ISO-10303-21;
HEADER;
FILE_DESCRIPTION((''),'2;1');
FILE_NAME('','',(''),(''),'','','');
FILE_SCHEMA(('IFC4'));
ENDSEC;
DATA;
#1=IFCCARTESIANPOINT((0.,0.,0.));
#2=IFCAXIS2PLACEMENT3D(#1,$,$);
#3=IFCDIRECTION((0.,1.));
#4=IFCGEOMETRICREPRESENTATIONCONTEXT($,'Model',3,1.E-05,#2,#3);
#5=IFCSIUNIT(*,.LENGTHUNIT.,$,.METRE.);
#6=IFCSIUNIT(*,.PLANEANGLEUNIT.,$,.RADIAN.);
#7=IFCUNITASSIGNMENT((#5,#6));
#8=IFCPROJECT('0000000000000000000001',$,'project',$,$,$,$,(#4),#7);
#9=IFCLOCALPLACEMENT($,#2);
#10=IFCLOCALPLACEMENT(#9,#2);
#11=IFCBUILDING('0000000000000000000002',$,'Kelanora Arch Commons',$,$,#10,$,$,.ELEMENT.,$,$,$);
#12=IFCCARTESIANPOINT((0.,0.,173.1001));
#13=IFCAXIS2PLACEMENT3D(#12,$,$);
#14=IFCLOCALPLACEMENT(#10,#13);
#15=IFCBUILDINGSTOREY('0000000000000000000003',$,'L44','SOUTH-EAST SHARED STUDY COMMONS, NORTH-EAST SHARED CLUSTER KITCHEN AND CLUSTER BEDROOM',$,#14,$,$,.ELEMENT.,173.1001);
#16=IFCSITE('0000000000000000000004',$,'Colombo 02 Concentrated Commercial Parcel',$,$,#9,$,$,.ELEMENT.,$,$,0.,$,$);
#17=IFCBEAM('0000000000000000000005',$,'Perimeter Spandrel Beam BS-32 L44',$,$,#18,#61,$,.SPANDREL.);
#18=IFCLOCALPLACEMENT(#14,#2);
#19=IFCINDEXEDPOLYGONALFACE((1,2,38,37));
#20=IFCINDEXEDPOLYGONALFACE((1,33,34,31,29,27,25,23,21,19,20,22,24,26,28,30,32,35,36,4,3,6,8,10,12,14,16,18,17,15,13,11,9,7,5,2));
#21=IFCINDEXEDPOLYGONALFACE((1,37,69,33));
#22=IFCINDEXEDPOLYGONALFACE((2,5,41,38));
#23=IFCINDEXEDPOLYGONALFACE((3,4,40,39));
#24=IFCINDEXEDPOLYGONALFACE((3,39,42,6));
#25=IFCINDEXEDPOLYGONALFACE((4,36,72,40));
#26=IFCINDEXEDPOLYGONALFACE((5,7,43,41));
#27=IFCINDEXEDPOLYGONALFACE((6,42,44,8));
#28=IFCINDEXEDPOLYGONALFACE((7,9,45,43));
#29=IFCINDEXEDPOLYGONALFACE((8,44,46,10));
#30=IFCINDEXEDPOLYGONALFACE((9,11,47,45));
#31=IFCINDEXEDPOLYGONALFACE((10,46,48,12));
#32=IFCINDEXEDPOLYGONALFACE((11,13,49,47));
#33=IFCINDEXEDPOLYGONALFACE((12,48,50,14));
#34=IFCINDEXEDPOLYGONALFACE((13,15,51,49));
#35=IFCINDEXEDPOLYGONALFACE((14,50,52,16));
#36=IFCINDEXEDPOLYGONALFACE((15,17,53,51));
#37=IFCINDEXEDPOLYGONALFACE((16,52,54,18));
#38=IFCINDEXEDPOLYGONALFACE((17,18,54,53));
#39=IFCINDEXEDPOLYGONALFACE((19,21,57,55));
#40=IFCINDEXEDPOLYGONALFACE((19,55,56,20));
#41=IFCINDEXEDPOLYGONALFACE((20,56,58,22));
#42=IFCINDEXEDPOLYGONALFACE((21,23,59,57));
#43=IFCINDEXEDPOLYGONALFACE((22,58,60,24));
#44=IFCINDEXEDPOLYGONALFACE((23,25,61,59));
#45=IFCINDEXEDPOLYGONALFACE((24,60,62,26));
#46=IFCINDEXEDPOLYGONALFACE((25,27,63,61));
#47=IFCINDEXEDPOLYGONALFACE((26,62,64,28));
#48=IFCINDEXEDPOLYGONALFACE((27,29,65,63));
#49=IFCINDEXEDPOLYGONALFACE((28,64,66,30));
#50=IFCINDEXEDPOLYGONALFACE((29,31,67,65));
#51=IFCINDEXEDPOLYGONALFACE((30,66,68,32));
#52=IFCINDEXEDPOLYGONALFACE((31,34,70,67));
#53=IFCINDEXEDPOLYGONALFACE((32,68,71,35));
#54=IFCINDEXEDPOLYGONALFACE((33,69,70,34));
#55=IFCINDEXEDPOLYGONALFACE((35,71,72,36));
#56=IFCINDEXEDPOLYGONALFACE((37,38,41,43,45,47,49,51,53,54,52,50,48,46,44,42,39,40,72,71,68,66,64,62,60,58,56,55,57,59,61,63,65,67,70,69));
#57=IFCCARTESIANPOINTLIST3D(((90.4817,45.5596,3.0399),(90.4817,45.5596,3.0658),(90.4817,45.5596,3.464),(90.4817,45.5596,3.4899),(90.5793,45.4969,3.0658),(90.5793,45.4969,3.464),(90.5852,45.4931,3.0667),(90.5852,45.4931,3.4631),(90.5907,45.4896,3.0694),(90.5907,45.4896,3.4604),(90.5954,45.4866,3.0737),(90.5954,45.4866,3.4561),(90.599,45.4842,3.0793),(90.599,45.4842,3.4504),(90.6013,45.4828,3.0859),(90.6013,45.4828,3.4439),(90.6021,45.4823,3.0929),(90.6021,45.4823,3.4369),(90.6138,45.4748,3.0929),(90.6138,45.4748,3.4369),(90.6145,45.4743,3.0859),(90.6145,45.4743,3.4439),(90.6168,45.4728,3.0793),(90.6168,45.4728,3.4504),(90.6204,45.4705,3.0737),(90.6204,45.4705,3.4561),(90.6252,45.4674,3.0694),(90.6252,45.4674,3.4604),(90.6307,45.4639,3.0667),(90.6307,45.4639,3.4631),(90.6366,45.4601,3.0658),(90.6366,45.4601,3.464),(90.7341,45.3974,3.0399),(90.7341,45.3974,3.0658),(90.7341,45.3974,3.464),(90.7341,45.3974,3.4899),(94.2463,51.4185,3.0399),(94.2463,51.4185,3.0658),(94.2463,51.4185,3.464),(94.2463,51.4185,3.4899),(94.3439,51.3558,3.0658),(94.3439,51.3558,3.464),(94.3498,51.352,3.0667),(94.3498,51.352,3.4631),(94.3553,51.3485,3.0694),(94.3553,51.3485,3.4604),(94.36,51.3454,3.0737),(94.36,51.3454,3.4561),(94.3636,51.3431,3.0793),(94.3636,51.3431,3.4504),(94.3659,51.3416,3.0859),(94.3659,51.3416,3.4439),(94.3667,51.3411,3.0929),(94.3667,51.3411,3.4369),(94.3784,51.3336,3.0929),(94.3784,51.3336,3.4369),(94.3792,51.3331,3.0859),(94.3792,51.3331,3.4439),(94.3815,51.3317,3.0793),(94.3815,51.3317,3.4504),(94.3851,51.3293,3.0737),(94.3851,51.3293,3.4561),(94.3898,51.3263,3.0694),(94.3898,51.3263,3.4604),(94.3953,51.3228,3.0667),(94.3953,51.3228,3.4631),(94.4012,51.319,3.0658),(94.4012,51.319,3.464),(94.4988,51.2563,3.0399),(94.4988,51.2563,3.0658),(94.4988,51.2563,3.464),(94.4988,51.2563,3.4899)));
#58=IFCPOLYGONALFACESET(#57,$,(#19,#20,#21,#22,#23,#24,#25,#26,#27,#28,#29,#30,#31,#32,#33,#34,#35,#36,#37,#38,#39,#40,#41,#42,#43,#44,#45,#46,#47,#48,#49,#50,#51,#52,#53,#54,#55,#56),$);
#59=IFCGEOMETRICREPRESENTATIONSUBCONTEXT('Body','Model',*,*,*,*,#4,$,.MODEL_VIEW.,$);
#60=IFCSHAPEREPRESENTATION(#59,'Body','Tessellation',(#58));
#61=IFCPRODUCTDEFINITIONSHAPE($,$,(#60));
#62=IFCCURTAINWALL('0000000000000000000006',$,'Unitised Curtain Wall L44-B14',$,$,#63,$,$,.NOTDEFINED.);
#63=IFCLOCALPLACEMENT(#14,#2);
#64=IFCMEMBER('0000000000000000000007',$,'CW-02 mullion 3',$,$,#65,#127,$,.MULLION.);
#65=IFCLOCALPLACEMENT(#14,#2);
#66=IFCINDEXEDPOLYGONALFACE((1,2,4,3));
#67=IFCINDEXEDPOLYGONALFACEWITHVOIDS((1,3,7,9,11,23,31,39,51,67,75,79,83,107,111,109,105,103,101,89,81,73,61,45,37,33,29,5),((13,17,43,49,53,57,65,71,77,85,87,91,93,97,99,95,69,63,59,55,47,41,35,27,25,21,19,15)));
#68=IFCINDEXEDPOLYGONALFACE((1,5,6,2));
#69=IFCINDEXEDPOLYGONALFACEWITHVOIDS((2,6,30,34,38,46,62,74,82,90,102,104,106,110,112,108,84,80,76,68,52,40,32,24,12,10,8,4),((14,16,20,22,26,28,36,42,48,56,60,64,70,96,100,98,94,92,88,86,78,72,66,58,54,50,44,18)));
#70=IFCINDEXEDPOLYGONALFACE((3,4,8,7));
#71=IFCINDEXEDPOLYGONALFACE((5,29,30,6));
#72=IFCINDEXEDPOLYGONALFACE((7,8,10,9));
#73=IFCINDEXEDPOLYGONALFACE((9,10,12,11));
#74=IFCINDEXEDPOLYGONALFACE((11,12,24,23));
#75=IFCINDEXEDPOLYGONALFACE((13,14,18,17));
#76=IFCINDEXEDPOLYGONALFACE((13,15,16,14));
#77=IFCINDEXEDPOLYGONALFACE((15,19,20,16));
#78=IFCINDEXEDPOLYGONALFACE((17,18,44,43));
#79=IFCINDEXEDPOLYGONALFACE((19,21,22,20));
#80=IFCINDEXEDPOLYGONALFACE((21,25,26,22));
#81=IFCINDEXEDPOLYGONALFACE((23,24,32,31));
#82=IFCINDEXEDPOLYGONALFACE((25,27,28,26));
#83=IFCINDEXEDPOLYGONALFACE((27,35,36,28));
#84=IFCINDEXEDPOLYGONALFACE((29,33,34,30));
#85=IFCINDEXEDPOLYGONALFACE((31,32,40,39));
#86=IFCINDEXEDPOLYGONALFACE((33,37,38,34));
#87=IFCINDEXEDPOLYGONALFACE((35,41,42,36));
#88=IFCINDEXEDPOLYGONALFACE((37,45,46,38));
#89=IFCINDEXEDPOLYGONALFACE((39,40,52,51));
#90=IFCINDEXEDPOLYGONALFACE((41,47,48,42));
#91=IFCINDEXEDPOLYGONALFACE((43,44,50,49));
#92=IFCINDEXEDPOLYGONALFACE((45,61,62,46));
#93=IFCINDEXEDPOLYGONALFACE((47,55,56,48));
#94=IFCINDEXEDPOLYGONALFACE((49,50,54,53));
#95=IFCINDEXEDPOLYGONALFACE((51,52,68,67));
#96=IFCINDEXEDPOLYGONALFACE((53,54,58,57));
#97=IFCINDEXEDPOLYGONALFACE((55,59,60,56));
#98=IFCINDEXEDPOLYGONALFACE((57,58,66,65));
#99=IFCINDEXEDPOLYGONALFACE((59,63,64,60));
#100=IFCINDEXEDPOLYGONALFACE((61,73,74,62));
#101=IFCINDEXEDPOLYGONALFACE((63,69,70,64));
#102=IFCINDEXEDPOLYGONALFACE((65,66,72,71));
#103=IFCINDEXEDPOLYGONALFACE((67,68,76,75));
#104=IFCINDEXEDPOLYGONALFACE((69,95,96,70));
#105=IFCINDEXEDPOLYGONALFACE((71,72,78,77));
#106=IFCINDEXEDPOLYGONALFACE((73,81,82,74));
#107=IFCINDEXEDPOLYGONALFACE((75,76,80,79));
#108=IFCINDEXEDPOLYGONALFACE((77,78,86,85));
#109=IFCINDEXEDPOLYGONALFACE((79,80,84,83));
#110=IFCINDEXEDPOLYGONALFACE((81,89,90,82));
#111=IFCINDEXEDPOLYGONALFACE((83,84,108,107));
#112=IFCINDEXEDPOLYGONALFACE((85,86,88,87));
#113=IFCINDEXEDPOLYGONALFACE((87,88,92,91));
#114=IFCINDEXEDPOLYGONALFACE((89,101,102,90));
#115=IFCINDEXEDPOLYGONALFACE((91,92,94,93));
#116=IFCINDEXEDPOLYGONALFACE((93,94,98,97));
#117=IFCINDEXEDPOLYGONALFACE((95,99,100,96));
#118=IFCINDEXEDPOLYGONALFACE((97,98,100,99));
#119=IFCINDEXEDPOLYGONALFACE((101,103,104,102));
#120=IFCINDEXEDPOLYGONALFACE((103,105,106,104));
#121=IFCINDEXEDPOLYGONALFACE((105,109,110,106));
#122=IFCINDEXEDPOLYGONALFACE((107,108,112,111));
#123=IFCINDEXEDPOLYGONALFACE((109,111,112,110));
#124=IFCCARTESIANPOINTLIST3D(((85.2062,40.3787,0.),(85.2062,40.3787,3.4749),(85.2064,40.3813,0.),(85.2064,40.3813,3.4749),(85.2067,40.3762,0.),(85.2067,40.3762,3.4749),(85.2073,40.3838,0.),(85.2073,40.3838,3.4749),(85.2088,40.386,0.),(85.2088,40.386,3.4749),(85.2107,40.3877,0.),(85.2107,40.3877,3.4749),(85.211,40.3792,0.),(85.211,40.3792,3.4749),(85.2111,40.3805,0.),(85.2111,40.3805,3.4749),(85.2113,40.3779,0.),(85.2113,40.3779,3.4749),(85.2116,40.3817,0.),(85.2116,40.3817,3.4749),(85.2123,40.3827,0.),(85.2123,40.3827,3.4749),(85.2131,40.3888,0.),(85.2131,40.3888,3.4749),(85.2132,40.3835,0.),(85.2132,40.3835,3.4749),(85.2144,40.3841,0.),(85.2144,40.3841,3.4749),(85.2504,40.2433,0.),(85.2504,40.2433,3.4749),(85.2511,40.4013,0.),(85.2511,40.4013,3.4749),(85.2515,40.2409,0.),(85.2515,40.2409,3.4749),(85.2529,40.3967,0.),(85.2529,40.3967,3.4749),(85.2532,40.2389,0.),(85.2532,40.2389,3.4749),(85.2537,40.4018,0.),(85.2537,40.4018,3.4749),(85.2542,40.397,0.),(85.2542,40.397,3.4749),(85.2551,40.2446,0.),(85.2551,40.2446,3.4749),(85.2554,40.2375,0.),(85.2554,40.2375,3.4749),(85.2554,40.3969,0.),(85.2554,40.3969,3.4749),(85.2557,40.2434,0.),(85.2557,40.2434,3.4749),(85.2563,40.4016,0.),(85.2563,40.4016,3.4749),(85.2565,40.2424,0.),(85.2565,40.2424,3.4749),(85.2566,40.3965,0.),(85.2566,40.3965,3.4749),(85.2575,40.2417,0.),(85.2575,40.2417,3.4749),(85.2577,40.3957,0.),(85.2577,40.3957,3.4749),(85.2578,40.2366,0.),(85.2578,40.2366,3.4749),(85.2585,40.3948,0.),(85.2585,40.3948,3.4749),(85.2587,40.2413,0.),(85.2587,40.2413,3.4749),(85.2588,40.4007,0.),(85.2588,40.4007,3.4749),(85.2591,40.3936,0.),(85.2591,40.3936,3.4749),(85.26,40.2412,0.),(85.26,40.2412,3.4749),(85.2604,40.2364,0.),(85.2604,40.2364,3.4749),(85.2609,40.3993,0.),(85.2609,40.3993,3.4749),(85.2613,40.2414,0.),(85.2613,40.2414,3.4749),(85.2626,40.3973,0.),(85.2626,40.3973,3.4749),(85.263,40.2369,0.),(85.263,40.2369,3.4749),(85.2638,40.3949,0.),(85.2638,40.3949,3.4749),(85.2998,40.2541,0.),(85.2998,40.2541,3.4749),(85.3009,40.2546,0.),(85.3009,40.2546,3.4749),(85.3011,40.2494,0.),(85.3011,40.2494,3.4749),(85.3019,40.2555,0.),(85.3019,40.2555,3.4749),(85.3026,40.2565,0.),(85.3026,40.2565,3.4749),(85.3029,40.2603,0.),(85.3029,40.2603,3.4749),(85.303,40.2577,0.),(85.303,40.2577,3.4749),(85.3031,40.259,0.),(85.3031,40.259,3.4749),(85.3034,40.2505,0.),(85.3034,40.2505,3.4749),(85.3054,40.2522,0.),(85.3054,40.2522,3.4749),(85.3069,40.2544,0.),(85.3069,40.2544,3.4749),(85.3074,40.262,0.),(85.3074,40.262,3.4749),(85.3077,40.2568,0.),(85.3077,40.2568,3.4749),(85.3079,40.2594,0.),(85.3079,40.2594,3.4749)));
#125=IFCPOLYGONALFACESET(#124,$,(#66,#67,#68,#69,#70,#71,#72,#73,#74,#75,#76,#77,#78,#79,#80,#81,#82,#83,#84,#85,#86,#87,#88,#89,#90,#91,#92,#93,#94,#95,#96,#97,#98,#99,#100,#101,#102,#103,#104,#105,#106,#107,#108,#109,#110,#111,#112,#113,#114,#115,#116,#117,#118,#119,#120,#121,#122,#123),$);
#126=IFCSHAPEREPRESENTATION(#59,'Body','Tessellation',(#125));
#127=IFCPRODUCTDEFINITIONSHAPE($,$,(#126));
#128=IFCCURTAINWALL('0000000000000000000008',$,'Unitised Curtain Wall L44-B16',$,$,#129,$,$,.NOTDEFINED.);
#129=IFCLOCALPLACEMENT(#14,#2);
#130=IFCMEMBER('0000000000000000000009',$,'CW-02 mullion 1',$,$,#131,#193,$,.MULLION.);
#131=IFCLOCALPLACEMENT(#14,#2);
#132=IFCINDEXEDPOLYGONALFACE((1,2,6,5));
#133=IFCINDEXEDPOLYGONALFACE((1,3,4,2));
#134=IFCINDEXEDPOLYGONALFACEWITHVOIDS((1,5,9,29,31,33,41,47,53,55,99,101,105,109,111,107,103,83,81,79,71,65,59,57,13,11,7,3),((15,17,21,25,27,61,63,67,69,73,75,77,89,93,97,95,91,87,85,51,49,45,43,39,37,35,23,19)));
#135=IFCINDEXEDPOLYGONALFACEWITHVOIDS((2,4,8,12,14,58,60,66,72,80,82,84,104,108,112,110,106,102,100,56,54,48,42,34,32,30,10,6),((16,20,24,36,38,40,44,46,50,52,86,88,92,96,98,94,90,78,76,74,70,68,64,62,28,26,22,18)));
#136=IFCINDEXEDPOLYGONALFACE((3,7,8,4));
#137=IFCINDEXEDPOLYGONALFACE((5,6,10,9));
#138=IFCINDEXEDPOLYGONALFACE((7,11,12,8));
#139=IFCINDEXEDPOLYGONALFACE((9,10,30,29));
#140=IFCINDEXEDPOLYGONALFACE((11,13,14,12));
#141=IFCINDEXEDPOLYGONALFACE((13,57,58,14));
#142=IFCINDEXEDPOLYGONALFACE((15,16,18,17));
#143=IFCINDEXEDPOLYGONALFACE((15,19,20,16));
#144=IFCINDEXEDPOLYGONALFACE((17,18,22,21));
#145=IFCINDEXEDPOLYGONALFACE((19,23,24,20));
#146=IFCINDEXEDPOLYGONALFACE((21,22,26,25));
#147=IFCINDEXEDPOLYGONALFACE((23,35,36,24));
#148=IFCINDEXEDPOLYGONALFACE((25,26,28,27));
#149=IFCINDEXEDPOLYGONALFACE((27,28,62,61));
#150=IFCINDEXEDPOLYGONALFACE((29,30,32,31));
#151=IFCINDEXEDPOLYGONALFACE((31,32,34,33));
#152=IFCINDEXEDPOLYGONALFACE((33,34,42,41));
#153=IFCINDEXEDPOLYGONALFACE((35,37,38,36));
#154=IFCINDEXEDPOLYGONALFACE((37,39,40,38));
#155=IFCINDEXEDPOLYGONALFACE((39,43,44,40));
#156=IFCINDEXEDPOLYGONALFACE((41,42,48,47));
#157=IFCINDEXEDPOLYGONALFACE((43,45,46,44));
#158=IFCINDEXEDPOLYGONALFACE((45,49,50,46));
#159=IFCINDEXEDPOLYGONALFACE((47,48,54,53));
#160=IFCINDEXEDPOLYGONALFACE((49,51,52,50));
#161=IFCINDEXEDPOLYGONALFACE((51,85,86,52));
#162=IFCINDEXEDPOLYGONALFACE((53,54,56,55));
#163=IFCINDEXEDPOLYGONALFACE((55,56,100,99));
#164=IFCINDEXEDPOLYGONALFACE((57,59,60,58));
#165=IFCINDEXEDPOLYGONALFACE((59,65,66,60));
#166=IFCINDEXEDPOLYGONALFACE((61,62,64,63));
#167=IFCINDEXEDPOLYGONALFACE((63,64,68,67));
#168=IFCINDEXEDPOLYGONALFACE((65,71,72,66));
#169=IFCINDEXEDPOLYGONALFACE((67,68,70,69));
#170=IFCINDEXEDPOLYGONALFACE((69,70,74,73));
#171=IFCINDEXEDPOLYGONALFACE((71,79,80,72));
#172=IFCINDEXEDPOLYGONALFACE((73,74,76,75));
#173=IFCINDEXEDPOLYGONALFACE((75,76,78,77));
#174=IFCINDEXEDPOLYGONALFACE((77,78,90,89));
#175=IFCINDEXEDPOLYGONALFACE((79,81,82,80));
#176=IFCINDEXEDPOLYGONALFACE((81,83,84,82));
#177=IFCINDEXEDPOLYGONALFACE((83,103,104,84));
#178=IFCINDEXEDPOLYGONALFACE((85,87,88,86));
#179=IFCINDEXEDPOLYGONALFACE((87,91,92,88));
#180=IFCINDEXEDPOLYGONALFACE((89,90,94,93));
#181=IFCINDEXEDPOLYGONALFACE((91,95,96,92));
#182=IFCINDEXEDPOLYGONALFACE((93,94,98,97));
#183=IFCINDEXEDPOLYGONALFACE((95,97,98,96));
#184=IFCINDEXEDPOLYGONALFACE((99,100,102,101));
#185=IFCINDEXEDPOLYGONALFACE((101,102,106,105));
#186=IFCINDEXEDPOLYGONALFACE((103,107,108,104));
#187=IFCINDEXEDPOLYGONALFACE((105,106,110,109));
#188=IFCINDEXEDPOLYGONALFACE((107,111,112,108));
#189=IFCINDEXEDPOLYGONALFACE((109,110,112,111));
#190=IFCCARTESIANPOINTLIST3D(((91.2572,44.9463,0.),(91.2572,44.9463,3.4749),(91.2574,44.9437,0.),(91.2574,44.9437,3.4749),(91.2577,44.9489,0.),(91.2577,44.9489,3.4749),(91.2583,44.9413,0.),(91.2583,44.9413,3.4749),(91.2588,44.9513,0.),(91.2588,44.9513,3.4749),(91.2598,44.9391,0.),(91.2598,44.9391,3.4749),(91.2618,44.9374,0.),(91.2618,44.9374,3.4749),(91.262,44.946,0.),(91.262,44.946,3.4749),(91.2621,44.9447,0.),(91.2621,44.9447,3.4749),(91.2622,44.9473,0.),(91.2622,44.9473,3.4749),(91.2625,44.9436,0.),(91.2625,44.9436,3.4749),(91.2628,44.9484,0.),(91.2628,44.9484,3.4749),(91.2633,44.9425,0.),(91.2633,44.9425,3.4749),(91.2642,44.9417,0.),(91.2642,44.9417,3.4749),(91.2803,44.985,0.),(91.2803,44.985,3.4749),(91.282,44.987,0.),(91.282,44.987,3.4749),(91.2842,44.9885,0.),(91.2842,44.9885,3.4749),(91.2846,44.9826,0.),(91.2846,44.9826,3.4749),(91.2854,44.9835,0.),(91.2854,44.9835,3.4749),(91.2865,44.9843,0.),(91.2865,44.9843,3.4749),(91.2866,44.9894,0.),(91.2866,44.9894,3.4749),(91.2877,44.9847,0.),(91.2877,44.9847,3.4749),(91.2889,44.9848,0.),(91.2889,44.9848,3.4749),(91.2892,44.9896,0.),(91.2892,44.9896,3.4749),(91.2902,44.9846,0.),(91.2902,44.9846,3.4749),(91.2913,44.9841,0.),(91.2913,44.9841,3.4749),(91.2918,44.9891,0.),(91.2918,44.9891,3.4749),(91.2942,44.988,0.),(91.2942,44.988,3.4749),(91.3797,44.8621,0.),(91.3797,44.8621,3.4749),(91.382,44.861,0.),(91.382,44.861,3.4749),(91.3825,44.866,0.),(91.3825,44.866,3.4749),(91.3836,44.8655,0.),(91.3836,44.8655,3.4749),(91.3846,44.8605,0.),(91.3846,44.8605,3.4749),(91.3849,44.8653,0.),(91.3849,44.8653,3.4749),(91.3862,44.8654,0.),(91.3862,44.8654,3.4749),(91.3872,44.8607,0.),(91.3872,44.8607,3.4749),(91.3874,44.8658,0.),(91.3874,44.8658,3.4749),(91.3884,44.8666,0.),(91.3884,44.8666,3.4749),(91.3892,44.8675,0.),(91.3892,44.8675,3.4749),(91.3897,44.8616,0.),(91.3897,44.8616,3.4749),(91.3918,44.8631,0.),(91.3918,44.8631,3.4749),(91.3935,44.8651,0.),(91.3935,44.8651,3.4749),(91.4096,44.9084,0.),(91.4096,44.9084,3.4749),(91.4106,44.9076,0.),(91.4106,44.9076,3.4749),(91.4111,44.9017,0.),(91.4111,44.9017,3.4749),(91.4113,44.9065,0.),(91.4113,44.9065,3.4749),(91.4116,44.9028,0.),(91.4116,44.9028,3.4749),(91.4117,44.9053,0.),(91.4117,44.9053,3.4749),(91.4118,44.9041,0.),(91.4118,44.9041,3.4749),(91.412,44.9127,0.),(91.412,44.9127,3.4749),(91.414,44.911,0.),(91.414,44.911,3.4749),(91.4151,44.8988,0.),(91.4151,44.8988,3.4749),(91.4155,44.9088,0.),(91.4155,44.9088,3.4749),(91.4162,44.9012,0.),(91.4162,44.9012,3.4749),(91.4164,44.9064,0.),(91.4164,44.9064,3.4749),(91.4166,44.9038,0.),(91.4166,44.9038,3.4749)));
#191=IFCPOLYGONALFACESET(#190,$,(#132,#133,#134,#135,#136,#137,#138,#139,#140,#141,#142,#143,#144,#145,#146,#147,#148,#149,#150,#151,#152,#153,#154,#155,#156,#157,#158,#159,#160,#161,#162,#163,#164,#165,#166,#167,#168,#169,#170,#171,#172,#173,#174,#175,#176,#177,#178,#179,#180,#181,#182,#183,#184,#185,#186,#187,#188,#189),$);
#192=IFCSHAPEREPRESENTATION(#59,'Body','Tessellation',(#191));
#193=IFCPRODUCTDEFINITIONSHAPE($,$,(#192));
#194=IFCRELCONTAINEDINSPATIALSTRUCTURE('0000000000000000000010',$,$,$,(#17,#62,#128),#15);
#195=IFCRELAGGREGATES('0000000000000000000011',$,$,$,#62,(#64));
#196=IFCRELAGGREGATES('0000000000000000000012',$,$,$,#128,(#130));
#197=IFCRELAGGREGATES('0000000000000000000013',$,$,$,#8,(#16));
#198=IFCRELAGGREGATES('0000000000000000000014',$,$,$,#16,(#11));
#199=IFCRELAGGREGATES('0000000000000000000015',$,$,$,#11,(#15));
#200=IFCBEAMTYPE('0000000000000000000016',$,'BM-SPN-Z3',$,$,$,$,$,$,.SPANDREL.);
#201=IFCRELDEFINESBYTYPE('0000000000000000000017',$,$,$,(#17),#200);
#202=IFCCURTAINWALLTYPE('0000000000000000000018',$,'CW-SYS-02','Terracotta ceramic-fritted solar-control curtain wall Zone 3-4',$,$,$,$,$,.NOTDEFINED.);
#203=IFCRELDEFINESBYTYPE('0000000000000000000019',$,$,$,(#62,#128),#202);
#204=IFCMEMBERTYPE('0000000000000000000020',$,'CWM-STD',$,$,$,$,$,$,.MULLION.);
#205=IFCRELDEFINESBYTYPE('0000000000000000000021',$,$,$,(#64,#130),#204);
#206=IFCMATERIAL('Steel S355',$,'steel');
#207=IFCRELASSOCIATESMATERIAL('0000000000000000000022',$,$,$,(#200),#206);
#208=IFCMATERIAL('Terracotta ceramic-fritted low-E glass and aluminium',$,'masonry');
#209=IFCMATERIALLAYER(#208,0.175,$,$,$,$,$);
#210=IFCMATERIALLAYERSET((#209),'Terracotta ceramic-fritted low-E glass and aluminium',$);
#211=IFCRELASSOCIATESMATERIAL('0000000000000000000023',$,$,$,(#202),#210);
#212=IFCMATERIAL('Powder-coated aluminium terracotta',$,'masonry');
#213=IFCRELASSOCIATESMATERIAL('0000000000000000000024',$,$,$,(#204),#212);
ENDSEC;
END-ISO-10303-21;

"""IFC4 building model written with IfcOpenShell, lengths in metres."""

from ifc_helpers import new_model, si_unit, direction, frame, origin, origin_2d, place, context, subcontext, project, spatial, hollow_rectangle, i_section, extrude, material, layer, layer_set, material_profile, profile_set, type_object, element, aggregate, save


model = new_model("IFC4")

# Units and contexts
model_context = context("Model", 3, precision=1e-05, world=origin(), true_north=direction((0.0, 1.0)))
body_context = subcontext(model_context, "Body", "Model", "MODEL_VIEW")
ifc_project = project(units=[si_unit("LENGTHUNIT", "METRE"), si_unit("PLANEANGLEUNIT", "RADIAN")], contexts=[model_context])

# Site, building, storey
site_placement = place(None, origin())
site = spatial("IfcSite", under=ifc_project, at=site_placement, Name="Colombo 02 Concentrated Commercial Parcel", CompositionType="ELEMENT", RefElevation=0.0)
building_placement = place(site_placement, origin())
building = spatial("IfcBuilding", under=site, at=building_placement, Name="Kelanora Arch Commons", CompositionType="ELEMENT")
storey_placement = place(building_placement, frame((0.0, 0.0, 173.1001)))
storey = spatial("IfcBuildingStorey", under=building, at=storey_placement, Name="L44", Description="SOUTH-EAST SHARED STUDY COMMONS, NORTH-EAST SHARED CLUSTER KITCHEN AND CLUSTER BEDROOM", CompositionType="ELEMENT", Elevation=173.1001)

# Beam
ifc_material_1 = material(Name="Steel S355", Category="steel")
ifc_material_profile_1 = material_profile(ifc_material_1, i_section(OverallWidth=0.3, OverallDepth=0.45, WebThickness=0.0139, FlangeThickness=0.0259, FilletRadius=0.0271, at=origin_2d()), Name="HEB450")
ifc_profile_set_1 = profile_set([ifc_material_profile_1], Name="Steel S355")
beam_type_1 = type_object("IfcBeamType", Name="BM-SPN-Z3", PredefinedType="SPANDREL", material=ifc_profile_set_1)
beam_1_placement = place(storey_placement, frame((90.6079, 45.4785, 3.2649), z_axis=(0.540577, 0.841295, 0.0), x_axis=(-0.841295, 0.540577, 0.0)))
element("IfcBeam", 1, at=beam_1_placement, inside=storey, type_object=beam_type_1, Name="Perimeter Spandrel Beam BS-32 L44", PredefinedType="SPANDREL", context=body_context, shape_type="SweptSolid", body=[
    extrude(i_section(OverallWidth=0.3, OverallDepth=0.45, WebThickness=0.0139, FlangeThickness=0.0259, FilletRadius=0.0271, at=origin_2d()), origin(), (0.0, 0.0, 1.0), 6.9641),
])

# Curtain wall, member
ifc_material_2 = material(Name="Terracotta ceramic-fritted low-E glass and aluminium", Category="masonry")
ifc_layer_1 = layer(ifc_material_2, 0.175)
ifc_layer_set_1 = layer_set([ifc_layer_1], Name="Terracotta ceramic-fritted low-E glass and aluminium")
curtain_wall_type = type_object("IfcCurtainWallType", Name="CW-SYS-02", Description="Terracotta ceramic-fritted solar-control curtain wall Zone 3-4", PredefinedType="NOTDEFINED", material=ifc_layer_set_1)
curtain_wall_1_placement = place(storey_placement, origin())
curtain_wall_1 = element("IfcCurtainWall", 2, at=curtain_wall_1_placement, inside=storey, type_object=curtain_wall_type, Name="Unitised Curtain Wall L44-B14", PredefinedType="NOTDEFINED")
ifc_material_3 = material(Name="Powder-coated aluminium terracotta", Category="masonry")
ifc_material_profile_2 = material_profile(ifc_material_3, hollow_rectangle(XDim=0.1599, YDim=0.0601, WallThickness=0.0049, InnerFilletRadius=0.0049, OuterFilletRadius=0.01, at=origin_2d()), Name="CWM160x60")
ifc_profile_set_2 = profile_set([ifc_material_profile_2], Name="Powder-coated aluminium terracotta")
member_type_1 = type_object("IfcMemberType", Name="CWM-STD", PredefinedType="MULLION", material=ifc_profile_set_2)
member_1_placement = place(storey_placement, frame((85.2571, 40.3191, 0.0), z_axis=(0.0, 0.0, 1.0), x_axis=(-0.312128, 0.95004, 0.0)))
member_1 = element("IfcMember", 3, at=member_1_placement, type_object=member_type_1, Name="CW-02 mullion 3", PredefinedType="MULLION", context=body_context, shape_type="SweptSolid", body=[
    extrude(hollow_rectangle(XDim=0.1599, YDim=0.0601, WallThickness=0.0049, InnerFilletRadius=0.0049, OuterFilletRadius=0.01, at=origin_2d()), origin(), (0.0, 0.0, 1.0), 3.4749),
])

# Curtain wall, member
curtain_wall_2_placement = place(storey_placement, origin())
curtain_wall_2 = element("IfcCurtainWall", 4, at=curtain_wall_2_placement, inside=storey, type_object=curtain_wall_type, Name="Unitised Curtain Wall L44-B16", PredefinedType="NOTDEFINED")
member_2_placement = place(storey_placement, frame((91.3369, 44.925, 0.0), z_axis=(0.0, 0.0, 1.0), x_axis=(-0.842423, 0.538817, 0.0)))
member_2 = element("IfcMember", 5, at=member_2_placement, type_object=member_type_1, Name="CW-02 mullion 1", PredefinedType="MULLION", context=body_context, shape_type="SweptSolid", body=[
    extrude(hollow_rectangle(XDim=0.1599, YDim=0.0601, WallThickness=0.0049, InnerFilletRadius=0.0049, OuterFilletRadius=0.01, at=origin_2d()), origin(), (0.0, 0.0, 1.0), 3.4749),
])

aggregate(curtain_wall_1, [member_1])
aggregate(curtain_wall_2, [member_2])

save(model, "model.ifc")
